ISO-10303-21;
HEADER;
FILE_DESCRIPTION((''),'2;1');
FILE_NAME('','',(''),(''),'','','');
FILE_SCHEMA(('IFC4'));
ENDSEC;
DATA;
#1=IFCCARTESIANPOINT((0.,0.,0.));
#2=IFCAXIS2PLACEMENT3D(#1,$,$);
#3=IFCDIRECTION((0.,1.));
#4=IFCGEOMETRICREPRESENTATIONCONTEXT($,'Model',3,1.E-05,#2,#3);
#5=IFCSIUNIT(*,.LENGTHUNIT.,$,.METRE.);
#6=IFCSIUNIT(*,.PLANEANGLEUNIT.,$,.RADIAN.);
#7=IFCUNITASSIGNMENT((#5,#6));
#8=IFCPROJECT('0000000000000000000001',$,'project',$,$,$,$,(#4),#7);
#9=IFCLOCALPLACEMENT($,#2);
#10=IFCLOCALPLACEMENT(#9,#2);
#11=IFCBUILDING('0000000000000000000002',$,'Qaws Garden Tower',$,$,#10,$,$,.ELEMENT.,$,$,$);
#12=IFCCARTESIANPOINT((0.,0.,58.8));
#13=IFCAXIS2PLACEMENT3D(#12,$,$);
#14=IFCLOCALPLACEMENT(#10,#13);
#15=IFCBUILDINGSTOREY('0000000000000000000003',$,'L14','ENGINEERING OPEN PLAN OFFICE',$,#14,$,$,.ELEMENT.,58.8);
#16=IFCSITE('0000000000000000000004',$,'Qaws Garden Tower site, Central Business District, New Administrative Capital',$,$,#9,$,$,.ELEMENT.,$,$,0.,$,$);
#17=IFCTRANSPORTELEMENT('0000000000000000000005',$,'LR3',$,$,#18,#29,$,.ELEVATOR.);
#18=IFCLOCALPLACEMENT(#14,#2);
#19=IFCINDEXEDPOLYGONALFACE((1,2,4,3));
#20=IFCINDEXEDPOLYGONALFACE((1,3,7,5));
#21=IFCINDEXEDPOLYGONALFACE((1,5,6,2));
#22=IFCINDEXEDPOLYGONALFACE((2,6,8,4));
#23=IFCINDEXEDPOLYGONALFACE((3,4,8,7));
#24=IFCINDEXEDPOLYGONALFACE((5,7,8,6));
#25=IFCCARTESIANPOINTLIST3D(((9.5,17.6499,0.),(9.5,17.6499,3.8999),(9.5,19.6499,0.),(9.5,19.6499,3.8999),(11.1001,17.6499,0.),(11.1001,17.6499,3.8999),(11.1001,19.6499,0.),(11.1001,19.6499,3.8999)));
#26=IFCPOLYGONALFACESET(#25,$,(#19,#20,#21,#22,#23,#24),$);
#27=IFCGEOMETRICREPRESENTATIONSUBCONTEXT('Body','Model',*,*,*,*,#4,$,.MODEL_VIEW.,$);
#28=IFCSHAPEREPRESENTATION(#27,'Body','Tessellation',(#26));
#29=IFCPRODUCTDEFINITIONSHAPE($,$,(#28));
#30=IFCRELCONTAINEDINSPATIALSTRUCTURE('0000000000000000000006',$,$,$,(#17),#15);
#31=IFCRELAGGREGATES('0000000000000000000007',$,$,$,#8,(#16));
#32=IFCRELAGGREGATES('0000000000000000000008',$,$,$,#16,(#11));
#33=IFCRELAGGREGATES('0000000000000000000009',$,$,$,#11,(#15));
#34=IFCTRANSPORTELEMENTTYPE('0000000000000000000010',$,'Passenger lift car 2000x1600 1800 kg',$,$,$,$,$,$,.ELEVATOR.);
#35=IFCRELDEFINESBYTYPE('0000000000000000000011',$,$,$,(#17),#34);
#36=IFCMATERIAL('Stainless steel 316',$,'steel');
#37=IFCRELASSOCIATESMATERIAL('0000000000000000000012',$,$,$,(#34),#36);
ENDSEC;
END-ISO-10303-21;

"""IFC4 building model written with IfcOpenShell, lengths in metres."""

from ifc_helpers import new_model, si_unit, direction, frame, origin, origin_2d, place, context, subcontext, project, spatial, rectangle, extrude, material, type_object, element, save


model = new_model("IFC4")

# Units and contexts
model_context = context("Model", 3, precision=1e-05, world=origin(), true_north=direction((0.0, 1.0)))
body_context = subcontext(model_context, "Body", "Model", "MODEL_VIEW")
ifc_project = project(units=[si_unit("LENGTHUNIT", "METRE"), si_unit("PLANEANGLEUNIT", "RADIAN")], contexts=[model_context])

# Site, building, storey
site_placement = place(None, origin())
site = spatial("IfcSite", under=ifc_project, at=site_placement, Name="Qaws Garden Tower site, Central Business District, New Administrative Capital", CompositionType="ELEMENT", RefElevation=0.0)
building_placement = place(site_placement, origin())
building = spatial("IfcBuilding", under=site, at=building_placement, Name="Qaws Garden Tower", CompositionType="ELEMENT")
storey_placement = place(building_placement, frame((0.0, 0.0, 58.8)))
storey = spatial("IfcBuildingStorey", under=building, at=storey_placement, Name="L14", Description="ENGINEERING OPEN PLAN OFFICE", CompositionType="ELEMENT", Elevation=58.8)

# Transport element
ifc_material_1 = material(Name="Stainless steel 316", Category="steel")
transport_element_type = type_object("IfcTransportElementType", Name="Passenger lift car 2000x1600 1800 kg", PredefinedType="ELEVATOR", material=ifc_material_1)
for number, where, z_axis, x_axis, name in (
    (1, (10.3, 18.6499, 0.0), (0.0, 0.0, 1.0), (1.0, 0.0, 0.0), "LR3"),
):
    element("IfcTransportElement", number, at=place(storey_placement, frame(where, z_axis=z_axis, x_axis=x_axis)), inside=storey, type_object=transport_element_type, Name=name, PredefinedType="ELEVATOR", context=body_context, shape_type="SweptSolid", body=[
        extrude(rectangle(XDim=1.6001, YDim=2.0, at=origin_2d()), origin(), (0.0, 0.0, 1.0), 3.8999),
    ])

save(model, "model.ifc")
